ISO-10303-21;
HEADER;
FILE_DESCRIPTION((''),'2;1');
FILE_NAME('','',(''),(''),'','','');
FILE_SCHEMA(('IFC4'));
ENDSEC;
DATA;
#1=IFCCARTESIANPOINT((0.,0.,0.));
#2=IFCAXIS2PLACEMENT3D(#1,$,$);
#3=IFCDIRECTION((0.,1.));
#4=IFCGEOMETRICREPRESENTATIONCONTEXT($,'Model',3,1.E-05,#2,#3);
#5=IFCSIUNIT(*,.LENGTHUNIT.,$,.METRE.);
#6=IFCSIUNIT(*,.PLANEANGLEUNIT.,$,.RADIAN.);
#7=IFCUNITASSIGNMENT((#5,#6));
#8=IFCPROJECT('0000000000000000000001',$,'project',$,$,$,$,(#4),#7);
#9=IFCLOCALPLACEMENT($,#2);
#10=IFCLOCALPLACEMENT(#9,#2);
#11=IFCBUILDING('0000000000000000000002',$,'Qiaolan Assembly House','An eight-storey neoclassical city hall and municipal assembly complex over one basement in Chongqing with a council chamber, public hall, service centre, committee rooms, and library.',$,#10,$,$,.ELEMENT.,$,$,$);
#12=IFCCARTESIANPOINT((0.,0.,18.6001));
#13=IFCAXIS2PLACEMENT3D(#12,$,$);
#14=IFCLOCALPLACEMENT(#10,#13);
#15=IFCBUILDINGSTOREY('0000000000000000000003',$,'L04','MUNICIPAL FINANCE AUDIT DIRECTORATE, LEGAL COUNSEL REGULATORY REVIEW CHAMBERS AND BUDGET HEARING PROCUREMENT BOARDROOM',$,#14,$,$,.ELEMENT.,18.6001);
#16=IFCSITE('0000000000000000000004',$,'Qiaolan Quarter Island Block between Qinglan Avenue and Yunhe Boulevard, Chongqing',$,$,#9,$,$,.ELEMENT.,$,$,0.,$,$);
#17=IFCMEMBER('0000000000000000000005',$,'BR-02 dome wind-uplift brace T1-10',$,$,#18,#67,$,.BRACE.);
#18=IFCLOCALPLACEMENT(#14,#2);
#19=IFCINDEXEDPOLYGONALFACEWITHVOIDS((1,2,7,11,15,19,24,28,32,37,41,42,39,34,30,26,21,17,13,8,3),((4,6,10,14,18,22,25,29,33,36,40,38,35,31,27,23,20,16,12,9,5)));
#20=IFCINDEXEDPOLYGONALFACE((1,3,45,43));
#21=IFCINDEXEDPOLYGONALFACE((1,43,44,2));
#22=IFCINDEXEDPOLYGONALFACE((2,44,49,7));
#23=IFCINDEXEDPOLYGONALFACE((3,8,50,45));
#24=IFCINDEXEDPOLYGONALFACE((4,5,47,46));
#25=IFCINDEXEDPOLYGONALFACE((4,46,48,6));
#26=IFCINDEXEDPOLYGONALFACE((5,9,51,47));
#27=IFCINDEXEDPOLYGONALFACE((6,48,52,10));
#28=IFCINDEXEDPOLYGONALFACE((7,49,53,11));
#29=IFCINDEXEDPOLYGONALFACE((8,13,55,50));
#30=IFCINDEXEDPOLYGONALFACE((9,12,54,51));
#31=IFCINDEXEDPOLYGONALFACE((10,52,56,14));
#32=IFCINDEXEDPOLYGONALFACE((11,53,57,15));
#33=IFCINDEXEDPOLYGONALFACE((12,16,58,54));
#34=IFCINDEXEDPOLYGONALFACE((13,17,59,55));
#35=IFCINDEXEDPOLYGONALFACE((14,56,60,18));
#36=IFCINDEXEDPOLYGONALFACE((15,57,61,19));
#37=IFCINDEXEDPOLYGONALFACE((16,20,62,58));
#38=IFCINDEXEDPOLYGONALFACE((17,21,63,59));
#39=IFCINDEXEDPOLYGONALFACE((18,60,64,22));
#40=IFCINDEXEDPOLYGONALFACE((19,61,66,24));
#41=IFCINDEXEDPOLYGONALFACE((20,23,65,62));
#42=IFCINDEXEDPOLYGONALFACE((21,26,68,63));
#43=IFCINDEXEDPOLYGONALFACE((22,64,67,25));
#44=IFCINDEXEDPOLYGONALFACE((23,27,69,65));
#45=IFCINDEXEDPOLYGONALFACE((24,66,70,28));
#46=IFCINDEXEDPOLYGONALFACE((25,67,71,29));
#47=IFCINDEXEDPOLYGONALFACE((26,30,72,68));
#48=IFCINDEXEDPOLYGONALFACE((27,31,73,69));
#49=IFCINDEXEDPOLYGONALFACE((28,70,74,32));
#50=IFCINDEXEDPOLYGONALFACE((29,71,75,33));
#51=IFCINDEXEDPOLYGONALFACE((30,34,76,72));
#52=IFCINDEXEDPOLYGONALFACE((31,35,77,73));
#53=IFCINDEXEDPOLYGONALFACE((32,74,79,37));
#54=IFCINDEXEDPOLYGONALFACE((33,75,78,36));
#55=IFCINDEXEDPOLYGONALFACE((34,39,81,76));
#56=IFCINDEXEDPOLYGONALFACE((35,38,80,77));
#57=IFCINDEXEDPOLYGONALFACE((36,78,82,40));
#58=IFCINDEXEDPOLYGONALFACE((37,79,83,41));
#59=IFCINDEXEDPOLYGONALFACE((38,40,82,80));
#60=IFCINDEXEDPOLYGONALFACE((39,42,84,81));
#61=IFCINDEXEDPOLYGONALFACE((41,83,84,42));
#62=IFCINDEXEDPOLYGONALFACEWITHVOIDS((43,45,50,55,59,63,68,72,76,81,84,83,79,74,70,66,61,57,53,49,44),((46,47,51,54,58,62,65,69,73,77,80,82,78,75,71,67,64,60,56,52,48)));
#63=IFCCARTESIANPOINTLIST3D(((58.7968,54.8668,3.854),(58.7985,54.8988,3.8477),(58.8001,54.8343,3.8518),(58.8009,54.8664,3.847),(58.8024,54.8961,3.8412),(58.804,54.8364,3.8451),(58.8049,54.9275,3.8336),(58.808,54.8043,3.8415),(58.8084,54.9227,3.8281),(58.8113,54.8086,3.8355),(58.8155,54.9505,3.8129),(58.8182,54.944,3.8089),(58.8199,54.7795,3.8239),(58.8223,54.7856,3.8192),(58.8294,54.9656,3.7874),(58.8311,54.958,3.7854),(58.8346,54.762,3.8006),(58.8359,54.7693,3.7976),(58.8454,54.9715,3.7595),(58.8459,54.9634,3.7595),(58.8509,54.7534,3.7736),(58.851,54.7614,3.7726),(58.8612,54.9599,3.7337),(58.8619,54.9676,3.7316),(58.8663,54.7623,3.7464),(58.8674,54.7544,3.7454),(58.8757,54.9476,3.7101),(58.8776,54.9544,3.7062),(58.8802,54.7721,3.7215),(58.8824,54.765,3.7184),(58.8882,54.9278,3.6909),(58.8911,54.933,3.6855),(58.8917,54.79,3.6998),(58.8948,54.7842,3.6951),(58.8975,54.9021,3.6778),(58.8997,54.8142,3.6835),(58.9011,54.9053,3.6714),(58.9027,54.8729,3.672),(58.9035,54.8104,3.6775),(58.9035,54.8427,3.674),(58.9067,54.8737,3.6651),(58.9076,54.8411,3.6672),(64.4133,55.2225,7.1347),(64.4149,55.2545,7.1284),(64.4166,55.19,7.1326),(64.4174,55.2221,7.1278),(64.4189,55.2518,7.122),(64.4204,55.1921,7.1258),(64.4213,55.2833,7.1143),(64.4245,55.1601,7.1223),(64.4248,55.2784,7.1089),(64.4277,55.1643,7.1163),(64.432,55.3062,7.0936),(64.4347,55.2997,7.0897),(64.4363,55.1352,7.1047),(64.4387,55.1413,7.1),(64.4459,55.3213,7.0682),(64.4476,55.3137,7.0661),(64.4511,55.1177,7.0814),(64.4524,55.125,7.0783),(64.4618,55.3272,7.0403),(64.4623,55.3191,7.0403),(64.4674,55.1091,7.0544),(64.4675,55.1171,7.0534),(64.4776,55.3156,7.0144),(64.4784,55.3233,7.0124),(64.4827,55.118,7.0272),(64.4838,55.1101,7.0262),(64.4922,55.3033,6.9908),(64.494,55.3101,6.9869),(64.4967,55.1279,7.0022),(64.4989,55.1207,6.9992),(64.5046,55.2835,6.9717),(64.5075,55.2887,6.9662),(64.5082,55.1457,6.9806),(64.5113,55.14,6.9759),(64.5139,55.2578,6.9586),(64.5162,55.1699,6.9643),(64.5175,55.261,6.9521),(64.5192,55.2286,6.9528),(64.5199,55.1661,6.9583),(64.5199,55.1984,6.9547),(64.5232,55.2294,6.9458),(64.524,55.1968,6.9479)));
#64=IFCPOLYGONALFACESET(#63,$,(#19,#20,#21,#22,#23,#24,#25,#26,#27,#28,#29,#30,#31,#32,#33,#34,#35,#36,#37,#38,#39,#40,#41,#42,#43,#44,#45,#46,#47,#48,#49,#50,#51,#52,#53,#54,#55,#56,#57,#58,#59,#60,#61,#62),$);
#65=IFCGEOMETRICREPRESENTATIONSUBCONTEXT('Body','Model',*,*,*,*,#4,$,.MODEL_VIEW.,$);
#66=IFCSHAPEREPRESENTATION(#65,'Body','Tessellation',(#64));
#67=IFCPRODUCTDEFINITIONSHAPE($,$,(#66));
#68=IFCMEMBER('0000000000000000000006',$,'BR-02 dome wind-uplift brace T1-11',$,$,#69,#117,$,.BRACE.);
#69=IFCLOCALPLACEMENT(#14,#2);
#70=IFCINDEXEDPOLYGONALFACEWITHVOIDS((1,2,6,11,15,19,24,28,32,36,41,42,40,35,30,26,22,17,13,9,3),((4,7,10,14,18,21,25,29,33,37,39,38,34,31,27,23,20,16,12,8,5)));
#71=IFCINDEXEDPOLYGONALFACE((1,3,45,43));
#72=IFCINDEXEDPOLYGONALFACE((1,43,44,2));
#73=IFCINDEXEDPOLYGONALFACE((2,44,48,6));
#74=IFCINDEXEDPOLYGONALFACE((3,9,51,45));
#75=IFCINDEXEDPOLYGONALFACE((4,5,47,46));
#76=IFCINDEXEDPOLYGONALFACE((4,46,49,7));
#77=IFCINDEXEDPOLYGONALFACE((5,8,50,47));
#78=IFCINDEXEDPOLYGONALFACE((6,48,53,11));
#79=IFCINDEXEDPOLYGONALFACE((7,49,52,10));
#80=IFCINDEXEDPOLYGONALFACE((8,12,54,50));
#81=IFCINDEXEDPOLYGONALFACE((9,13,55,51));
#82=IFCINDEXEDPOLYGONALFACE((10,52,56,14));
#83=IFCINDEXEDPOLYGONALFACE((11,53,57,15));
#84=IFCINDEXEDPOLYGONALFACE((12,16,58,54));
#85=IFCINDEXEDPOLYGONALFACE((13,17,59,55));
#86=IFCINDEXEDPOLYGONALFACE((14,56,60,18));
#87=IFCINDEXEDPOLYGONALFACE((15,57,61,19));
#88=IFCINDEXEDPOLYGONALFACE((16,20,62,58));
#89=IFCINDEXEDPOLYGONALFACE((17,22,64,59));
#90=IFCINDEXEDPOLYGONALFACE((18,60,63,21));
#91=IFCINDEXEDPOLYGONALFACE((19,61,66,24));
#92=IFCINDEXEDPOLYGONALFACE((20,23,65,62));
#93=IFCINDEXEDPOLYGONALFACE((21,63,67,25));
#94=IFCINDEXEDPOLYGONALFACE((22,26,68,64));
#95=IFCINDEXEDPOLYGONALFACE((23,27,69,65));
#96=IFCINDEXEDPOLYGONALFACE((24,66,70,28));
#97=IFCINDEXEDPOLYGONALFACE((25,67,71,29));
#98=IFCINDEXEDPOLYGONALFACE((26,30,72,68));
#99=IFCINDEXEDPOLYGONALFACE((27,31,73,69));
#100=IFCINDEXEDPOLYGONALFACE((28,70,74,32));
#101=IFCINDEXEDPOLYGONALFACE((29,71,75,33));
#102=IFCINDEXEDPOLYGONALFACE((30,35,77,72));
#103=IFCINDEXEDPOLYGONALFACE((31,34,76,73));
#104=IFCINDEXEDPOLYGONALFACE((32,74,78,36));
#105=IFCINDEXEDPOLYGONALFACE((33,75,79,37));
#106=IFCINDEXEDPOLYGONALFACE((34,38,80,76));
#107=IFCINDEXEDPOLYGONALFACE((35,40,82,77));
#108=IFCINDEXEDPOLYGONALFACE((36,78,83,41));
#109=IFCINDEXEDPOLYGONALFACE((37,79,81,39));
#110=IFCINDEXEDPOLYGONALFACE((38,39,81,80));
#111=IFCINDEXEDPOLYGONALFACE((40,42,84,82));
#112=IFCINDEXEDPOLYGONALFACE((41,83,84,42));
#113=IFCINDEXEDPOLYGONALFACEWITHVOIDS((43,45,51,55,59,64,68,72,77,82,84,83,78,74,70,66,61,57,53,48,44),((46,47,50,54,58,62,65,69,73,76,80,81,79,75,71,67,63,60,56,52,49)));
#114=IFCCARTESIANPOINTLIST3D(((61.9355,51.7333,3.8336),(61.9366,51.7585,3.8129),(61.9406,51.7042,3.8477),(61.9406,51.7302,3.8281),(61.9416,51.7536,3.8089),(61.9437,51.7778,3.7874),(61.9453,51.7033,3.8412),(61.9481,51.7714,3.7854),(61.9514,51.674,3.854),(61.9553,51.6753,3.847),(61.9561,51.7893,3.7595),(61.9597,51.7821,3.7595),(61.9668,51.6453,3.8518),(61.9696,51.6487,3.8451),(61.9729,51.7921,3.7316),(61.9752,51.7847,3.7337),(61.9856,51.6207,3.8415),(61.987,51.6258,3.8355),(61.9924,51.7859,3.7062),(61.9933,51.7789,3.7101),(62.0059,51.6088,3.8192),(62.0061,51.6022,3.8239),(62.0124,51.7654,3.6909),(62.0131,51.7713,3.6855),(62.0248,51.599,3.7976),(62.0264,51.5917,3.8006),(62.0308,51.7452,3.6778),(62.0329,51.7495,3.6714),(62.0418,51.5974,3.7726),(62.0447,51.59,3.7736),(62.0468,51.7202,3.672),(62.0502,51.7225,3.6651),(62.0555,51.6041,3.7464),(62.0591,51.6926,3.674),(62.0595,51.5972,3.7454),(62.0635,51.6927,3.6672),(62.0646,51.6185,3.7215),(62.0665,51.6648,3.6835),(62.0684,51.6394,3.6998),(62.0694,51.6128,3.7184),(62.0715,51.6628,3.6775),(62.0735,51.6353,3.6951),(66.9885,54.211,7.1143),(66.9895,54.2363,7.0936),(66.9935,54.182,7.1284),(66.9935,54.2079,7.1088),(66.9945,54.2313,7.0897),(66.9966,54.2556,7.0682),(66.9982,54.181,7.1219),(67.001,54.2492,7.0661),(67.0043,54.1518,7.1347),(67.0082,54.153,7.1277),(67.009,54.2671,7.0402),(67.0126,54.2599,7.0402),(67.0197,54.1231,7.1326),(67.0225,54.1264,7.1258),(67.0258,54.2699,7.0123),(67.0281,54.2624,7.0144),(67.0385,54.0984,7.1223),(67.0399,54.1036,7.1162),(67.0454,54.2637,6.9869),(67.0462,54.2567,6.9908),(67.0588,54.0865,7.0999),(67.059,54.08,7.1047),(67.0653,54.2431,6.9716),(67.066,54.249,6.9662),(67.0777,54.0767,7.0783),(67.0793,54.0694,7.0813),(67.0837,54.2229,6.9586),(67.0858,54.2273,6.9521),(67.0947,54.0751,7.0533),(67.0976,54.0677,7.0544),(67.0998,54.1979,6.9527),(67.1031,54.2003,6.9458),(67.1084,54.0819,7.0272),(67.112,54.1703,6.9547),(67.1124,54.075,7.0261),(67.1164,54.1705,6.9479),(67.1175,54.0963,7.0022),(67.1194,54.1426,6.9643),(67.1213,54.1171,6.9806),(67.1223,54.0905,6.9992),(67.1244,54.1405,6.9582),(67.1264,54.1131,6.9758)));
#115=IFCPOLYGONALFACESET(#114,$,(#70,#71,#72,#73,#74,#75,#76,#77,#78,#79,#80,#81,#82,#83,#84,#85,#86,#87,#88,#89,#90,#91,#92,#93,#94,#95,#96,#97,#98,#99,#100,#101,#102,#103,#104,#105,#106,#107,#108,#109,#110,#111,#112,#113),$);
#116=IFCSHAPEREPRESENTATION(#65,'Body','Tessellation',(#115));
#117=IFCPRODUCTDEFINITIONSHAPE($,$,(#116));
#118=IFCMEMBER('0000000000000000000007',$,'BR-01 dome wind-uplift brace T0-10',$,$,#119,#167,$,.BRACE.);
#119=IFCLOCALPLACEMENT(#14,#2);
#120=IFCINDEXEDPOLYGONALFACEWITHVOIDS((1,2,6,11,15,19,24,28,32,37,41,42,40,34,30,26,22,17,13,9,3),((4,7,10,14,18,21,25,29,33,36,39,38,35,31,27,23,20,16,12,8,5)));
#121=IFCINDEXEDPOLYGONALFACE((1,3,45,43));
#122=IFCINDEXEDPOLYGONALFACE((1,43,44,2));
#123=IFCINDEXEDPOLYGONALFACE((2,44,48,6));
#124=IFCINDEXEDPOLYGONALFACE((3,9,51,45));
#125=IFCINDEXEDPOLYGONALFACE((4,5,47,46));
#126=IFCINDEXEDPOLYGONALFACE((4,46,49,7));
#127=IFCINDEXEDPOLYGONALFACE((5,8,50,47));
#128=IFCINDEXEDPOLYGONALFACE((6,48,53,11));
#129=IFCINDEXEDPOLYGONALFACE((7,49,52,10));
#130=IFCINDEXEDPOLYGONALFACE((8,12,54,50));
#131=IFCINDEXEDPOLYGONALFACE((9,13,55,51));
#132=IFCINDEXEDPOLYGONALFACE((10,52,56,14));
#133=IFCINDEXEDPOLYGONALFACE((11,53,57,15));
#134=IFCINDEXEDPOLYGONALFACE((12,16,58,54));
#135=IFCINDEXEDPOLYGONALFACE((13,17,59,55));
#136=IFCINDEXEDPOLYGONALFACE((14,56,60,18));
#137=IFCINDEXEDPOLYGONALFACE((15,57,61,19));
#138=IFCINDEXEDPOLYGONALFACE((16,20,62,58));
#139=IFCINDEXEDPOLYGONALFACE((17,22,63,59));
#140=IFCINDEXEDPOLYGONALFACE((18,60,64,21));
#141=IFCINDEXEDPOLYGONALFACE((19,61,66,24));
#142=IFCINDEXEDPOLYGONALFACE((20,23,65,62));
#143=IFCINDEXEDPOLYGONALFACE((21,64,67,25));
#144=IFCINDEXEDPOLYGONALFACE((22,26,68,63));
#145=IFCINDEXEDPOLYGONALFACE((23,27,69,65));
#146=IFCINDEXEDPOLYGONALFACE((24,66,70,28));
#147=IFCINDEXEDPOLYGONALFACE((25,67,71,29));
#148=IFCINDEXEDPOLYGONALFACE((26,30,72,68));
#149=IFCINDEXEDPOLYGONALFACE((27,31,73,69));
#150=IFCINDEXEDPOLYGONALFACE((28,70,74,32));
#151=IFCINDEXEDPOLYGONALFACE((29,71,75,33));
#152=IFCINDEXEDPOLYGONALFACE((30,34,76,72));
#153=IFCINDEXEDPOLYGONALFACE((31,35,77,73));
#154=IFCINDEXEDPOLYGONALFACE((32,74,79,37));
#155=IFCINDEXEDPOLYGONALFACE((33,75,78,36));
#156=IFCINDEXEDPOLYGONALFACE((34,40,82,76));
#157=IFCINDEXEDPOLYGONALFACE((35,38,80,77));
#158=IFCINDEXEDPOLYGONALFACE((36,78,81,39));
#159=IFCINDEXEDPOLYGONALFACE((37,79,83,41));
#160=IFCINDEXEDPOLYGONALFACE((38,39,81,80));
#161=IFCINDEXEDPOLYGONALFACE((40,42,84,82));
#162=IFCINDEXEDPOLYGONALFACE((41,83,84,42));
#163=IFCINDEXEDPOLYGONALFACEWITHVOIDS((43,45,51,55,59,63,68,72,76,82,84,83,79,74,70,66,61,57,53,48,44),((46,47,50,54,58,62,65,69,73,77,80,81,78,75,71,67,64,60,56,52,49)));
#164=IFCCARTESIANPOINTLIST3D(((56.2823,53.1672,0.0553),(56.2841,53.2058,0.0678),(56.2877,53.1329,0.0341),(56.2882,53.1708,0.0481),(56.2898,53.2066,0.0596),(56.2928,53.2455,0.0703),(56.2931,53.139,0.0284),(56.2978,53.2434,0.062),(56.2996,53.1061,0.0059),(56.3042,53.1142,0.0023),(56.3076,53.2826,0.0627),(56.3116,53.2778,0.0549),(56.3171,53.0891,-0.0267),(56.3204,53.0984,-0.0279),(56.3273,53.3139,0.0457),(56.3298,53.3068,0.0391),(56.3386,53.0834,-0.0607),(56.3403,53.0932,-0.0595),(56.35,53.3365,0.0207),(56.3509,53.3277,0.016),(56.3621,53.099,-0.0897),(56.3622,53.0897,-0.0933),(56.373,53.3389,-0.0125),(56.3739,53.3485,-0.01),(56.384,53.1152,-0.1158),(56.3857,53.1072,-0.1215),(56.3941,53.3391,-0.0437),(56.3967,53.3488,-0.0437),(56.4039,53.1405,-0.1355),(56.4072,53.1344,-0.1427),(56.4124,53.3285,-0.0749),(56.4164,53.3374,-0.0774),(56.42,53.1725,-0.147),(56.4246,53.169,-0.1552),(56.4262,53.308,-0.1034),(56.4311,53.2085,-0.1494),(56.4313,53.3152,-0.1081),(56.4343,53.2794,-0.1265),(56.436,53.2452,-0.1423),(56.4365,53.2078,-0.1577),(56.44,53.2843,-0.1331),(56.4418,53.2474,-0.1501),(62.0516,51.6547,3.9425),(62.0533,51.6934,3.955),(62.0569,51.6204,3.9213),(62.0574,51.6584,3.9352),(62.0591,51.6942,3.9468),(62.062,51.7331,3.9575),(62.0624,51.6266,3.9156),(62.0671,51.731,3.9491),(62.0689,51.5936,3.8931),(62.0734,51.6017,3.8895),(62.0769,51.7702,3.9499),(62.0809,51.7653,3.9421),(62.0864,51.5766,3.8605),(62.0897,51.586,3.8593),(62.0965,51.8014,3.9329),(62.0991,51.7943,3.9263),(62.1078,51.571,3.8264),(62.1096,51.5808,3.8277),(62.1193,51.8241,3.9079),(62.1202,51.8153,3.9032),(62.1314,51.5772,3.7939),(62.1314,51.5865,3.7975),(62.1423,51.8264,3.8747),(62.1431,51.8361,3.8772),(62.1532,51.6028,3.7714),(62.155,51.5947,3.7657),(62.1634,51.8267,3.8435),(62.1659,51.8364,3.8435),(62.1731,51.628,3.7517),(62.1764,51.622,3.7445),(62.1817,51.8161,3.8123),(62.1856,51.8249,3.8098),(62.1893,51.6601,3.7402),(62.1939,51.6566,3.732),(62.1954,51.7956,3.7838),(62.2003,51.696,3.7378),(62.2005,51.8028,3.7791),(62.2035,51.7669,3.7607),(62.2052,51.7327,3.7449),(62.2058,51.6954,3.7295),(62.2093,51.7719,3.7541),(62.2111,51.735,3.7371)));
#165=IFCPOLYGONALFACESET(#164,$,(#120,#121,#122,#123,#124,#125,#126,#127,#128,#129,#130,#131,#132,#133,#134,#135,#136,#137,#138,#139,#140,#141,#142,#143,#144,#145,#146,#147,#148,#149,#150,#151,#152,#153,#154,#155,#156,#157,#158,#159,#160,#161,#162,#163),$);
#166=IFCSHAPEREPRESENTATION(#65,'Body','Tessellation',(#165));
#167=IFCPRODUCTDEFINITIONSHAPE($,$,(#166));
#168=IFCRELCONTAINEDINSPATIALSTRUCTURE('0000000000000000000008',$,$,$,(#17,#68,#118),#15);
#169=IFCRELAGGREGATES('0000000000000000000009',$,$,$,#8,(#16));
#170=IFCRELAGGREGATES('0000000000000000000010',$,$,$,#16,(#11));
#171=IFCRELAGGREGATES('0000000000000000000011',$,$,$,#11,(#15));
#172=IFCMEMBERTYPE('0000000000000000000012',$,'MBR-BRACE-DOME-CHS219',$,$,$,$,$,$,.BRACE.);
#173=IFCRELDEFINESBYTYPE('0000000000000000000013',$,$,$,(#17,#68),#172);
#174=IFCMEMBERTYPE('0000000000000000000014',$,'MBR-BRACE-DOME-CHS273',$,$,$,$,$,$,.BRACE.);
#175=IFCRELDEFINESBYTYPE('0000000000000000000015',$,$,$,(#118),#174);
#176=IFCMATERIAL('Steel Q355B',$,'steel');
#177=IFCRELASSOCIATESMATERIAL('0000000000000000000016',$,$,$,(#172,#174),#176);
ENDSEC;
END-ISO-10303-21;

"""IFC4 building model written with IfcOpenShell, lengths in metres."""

from ifc_helpers import new_model, si_unit, direction, frame, origin, origin_2d, place, context, subcontext, project, spatial, hollow_circle, extrude, material, material_profile, profile_set, type_object, element, save


model = new_model("IFC4")

# Units and contexts
model_context = context("Model", 3, precision=1e-05, world=origin(), true_north=direction((0.0, 1.0)))
body_context = subcontext(model_context, "Body", "Model", "MODEL_VIEW")
ifc_project = project(units=[si_unit("LENGTHUNIT", "METRE"), si_unit("PLANEANGLEUNIT", "RADIAN")], contexts=[model_context])

# Site, building, storey
site_placement = place(None, origin())
site = spatial("IfcSite", under=ifc_project, at=site_placement, Name="Qiaolan Quarter Island Block between Qinglan Avenue and Yunhe Boulevard, Chongqing", CompositionType="ELEMENT", RefElevation=0.0)
building_placement = place(site_placement, origin())
building = spatial("IfcBuilding", under=site, at=building_placement, Name="Qiaolan Assembly House", Description="An eight-storey neoclassical city hall and municipal assembly complex over one basement in Chongqing with a council chamber, public hall, service centre, committee rooms, and library.", CompositionType="ELEMENT")
storey_placement = place(building_placement, frame((0.0, 0.0, 18.6001)))
storey = spatial("IfcBuildingStorey", under=building, at=storey_placement, Name="L04", Description="MUNICIPAL FINANCE AUDIT DIRECTORATE, LEGAL COUNSEL REGULATORY REVIEW CHAMBERS AND BUDGET HEARING PROCUREMENT BOARDROOM", CompositionType="ELEMENT", Elevation=18.6001)

# Shared definitions
ifc_material_1 = material(Name="Steel Q355B", Category="steel")

# Members
ifc_material_profile_1 = material_profile(ifc_material_1, hollow_circle(Radius=0.1096, WallThickness=0.0081, at=origin_2d()), Name="CHS 219.1x8")
ifc_profile_set_1 = profile_set([ifc_material_profile_1], Name="Steel Q355B")
member_type_1 = type_object("IfcMemberType", Name="MBR-BRACE-DOME-CHS219", PredefinedType="BRACE", material=ifc_profile_set_1)
for number, where, z_axis, x_axis, name in (
    (1, (58.8523, 54.8621, 3.7595), (0.86219, 0.054606, 0.503634), (-0.063207, 0.998, 0.0), "BR-02 dome wind-uplift brace T1-10"),
    (2, (62.0044, 51.6909, 3.7595), (0.775681, 0.380364, 0.503629), (-0.440277, 0.897862, 0.0), "BR-02 dome wind-uplift brace T1-11"),
):
    element("IfcMember", number, at=place(storey_placement, frame(where, z_axis=z_axis, x_axis=x_axis)), inside=storey, type_object=member_type_1, Name=name, PredefinedType="BRACE", context=body_context, shape_type="SweptSolid", body=[
        extrude(hollow_circle(Radius=0.1096, WallThickness=0.0081, at=origin_2d()), origin(), (0.0, 0.0, 1.0), 6.5142),
    ])
ifc_material_profile_2 = material_profile(ifc_material_1, hollow_circle(Radius=0.1365, WallThickness=0.01, at=origin_2d()), Name="CHS 273x10")
ifc_profile_set_2 = profile_set([ifc_material_profile_2], Name="Steel Q355B")
member_type_2 = type_object("IfcMemberType", Name="MBR-BRACE-DOME-CHS273", PredefinedType="BRACE", material=ifc_profile_set_2)
member_1_placement = place(storey_placement, frame((56.3621, 53.2168, -0.0437), z_axis=(0.810388, -0.212448, 0.54602), x_axis=(0.253586, 0.967313, 0.0)))
element("IfcMember", 3, at=member_1_placement, inside=storey, type_object=member_type_2, Name="BR-01 dome wind-uplift brace T0-10", PredefinedType="BRACE", context=body_context, shape_type="SweptSolid", body=[
    extrude(hollow_circle(Radius=0.1365, WallThickness=0.01, at=origin_2d()), origin(), (0.0, 0.0, 1.0), 7.1191),
])

save(model, "model.ifc")
